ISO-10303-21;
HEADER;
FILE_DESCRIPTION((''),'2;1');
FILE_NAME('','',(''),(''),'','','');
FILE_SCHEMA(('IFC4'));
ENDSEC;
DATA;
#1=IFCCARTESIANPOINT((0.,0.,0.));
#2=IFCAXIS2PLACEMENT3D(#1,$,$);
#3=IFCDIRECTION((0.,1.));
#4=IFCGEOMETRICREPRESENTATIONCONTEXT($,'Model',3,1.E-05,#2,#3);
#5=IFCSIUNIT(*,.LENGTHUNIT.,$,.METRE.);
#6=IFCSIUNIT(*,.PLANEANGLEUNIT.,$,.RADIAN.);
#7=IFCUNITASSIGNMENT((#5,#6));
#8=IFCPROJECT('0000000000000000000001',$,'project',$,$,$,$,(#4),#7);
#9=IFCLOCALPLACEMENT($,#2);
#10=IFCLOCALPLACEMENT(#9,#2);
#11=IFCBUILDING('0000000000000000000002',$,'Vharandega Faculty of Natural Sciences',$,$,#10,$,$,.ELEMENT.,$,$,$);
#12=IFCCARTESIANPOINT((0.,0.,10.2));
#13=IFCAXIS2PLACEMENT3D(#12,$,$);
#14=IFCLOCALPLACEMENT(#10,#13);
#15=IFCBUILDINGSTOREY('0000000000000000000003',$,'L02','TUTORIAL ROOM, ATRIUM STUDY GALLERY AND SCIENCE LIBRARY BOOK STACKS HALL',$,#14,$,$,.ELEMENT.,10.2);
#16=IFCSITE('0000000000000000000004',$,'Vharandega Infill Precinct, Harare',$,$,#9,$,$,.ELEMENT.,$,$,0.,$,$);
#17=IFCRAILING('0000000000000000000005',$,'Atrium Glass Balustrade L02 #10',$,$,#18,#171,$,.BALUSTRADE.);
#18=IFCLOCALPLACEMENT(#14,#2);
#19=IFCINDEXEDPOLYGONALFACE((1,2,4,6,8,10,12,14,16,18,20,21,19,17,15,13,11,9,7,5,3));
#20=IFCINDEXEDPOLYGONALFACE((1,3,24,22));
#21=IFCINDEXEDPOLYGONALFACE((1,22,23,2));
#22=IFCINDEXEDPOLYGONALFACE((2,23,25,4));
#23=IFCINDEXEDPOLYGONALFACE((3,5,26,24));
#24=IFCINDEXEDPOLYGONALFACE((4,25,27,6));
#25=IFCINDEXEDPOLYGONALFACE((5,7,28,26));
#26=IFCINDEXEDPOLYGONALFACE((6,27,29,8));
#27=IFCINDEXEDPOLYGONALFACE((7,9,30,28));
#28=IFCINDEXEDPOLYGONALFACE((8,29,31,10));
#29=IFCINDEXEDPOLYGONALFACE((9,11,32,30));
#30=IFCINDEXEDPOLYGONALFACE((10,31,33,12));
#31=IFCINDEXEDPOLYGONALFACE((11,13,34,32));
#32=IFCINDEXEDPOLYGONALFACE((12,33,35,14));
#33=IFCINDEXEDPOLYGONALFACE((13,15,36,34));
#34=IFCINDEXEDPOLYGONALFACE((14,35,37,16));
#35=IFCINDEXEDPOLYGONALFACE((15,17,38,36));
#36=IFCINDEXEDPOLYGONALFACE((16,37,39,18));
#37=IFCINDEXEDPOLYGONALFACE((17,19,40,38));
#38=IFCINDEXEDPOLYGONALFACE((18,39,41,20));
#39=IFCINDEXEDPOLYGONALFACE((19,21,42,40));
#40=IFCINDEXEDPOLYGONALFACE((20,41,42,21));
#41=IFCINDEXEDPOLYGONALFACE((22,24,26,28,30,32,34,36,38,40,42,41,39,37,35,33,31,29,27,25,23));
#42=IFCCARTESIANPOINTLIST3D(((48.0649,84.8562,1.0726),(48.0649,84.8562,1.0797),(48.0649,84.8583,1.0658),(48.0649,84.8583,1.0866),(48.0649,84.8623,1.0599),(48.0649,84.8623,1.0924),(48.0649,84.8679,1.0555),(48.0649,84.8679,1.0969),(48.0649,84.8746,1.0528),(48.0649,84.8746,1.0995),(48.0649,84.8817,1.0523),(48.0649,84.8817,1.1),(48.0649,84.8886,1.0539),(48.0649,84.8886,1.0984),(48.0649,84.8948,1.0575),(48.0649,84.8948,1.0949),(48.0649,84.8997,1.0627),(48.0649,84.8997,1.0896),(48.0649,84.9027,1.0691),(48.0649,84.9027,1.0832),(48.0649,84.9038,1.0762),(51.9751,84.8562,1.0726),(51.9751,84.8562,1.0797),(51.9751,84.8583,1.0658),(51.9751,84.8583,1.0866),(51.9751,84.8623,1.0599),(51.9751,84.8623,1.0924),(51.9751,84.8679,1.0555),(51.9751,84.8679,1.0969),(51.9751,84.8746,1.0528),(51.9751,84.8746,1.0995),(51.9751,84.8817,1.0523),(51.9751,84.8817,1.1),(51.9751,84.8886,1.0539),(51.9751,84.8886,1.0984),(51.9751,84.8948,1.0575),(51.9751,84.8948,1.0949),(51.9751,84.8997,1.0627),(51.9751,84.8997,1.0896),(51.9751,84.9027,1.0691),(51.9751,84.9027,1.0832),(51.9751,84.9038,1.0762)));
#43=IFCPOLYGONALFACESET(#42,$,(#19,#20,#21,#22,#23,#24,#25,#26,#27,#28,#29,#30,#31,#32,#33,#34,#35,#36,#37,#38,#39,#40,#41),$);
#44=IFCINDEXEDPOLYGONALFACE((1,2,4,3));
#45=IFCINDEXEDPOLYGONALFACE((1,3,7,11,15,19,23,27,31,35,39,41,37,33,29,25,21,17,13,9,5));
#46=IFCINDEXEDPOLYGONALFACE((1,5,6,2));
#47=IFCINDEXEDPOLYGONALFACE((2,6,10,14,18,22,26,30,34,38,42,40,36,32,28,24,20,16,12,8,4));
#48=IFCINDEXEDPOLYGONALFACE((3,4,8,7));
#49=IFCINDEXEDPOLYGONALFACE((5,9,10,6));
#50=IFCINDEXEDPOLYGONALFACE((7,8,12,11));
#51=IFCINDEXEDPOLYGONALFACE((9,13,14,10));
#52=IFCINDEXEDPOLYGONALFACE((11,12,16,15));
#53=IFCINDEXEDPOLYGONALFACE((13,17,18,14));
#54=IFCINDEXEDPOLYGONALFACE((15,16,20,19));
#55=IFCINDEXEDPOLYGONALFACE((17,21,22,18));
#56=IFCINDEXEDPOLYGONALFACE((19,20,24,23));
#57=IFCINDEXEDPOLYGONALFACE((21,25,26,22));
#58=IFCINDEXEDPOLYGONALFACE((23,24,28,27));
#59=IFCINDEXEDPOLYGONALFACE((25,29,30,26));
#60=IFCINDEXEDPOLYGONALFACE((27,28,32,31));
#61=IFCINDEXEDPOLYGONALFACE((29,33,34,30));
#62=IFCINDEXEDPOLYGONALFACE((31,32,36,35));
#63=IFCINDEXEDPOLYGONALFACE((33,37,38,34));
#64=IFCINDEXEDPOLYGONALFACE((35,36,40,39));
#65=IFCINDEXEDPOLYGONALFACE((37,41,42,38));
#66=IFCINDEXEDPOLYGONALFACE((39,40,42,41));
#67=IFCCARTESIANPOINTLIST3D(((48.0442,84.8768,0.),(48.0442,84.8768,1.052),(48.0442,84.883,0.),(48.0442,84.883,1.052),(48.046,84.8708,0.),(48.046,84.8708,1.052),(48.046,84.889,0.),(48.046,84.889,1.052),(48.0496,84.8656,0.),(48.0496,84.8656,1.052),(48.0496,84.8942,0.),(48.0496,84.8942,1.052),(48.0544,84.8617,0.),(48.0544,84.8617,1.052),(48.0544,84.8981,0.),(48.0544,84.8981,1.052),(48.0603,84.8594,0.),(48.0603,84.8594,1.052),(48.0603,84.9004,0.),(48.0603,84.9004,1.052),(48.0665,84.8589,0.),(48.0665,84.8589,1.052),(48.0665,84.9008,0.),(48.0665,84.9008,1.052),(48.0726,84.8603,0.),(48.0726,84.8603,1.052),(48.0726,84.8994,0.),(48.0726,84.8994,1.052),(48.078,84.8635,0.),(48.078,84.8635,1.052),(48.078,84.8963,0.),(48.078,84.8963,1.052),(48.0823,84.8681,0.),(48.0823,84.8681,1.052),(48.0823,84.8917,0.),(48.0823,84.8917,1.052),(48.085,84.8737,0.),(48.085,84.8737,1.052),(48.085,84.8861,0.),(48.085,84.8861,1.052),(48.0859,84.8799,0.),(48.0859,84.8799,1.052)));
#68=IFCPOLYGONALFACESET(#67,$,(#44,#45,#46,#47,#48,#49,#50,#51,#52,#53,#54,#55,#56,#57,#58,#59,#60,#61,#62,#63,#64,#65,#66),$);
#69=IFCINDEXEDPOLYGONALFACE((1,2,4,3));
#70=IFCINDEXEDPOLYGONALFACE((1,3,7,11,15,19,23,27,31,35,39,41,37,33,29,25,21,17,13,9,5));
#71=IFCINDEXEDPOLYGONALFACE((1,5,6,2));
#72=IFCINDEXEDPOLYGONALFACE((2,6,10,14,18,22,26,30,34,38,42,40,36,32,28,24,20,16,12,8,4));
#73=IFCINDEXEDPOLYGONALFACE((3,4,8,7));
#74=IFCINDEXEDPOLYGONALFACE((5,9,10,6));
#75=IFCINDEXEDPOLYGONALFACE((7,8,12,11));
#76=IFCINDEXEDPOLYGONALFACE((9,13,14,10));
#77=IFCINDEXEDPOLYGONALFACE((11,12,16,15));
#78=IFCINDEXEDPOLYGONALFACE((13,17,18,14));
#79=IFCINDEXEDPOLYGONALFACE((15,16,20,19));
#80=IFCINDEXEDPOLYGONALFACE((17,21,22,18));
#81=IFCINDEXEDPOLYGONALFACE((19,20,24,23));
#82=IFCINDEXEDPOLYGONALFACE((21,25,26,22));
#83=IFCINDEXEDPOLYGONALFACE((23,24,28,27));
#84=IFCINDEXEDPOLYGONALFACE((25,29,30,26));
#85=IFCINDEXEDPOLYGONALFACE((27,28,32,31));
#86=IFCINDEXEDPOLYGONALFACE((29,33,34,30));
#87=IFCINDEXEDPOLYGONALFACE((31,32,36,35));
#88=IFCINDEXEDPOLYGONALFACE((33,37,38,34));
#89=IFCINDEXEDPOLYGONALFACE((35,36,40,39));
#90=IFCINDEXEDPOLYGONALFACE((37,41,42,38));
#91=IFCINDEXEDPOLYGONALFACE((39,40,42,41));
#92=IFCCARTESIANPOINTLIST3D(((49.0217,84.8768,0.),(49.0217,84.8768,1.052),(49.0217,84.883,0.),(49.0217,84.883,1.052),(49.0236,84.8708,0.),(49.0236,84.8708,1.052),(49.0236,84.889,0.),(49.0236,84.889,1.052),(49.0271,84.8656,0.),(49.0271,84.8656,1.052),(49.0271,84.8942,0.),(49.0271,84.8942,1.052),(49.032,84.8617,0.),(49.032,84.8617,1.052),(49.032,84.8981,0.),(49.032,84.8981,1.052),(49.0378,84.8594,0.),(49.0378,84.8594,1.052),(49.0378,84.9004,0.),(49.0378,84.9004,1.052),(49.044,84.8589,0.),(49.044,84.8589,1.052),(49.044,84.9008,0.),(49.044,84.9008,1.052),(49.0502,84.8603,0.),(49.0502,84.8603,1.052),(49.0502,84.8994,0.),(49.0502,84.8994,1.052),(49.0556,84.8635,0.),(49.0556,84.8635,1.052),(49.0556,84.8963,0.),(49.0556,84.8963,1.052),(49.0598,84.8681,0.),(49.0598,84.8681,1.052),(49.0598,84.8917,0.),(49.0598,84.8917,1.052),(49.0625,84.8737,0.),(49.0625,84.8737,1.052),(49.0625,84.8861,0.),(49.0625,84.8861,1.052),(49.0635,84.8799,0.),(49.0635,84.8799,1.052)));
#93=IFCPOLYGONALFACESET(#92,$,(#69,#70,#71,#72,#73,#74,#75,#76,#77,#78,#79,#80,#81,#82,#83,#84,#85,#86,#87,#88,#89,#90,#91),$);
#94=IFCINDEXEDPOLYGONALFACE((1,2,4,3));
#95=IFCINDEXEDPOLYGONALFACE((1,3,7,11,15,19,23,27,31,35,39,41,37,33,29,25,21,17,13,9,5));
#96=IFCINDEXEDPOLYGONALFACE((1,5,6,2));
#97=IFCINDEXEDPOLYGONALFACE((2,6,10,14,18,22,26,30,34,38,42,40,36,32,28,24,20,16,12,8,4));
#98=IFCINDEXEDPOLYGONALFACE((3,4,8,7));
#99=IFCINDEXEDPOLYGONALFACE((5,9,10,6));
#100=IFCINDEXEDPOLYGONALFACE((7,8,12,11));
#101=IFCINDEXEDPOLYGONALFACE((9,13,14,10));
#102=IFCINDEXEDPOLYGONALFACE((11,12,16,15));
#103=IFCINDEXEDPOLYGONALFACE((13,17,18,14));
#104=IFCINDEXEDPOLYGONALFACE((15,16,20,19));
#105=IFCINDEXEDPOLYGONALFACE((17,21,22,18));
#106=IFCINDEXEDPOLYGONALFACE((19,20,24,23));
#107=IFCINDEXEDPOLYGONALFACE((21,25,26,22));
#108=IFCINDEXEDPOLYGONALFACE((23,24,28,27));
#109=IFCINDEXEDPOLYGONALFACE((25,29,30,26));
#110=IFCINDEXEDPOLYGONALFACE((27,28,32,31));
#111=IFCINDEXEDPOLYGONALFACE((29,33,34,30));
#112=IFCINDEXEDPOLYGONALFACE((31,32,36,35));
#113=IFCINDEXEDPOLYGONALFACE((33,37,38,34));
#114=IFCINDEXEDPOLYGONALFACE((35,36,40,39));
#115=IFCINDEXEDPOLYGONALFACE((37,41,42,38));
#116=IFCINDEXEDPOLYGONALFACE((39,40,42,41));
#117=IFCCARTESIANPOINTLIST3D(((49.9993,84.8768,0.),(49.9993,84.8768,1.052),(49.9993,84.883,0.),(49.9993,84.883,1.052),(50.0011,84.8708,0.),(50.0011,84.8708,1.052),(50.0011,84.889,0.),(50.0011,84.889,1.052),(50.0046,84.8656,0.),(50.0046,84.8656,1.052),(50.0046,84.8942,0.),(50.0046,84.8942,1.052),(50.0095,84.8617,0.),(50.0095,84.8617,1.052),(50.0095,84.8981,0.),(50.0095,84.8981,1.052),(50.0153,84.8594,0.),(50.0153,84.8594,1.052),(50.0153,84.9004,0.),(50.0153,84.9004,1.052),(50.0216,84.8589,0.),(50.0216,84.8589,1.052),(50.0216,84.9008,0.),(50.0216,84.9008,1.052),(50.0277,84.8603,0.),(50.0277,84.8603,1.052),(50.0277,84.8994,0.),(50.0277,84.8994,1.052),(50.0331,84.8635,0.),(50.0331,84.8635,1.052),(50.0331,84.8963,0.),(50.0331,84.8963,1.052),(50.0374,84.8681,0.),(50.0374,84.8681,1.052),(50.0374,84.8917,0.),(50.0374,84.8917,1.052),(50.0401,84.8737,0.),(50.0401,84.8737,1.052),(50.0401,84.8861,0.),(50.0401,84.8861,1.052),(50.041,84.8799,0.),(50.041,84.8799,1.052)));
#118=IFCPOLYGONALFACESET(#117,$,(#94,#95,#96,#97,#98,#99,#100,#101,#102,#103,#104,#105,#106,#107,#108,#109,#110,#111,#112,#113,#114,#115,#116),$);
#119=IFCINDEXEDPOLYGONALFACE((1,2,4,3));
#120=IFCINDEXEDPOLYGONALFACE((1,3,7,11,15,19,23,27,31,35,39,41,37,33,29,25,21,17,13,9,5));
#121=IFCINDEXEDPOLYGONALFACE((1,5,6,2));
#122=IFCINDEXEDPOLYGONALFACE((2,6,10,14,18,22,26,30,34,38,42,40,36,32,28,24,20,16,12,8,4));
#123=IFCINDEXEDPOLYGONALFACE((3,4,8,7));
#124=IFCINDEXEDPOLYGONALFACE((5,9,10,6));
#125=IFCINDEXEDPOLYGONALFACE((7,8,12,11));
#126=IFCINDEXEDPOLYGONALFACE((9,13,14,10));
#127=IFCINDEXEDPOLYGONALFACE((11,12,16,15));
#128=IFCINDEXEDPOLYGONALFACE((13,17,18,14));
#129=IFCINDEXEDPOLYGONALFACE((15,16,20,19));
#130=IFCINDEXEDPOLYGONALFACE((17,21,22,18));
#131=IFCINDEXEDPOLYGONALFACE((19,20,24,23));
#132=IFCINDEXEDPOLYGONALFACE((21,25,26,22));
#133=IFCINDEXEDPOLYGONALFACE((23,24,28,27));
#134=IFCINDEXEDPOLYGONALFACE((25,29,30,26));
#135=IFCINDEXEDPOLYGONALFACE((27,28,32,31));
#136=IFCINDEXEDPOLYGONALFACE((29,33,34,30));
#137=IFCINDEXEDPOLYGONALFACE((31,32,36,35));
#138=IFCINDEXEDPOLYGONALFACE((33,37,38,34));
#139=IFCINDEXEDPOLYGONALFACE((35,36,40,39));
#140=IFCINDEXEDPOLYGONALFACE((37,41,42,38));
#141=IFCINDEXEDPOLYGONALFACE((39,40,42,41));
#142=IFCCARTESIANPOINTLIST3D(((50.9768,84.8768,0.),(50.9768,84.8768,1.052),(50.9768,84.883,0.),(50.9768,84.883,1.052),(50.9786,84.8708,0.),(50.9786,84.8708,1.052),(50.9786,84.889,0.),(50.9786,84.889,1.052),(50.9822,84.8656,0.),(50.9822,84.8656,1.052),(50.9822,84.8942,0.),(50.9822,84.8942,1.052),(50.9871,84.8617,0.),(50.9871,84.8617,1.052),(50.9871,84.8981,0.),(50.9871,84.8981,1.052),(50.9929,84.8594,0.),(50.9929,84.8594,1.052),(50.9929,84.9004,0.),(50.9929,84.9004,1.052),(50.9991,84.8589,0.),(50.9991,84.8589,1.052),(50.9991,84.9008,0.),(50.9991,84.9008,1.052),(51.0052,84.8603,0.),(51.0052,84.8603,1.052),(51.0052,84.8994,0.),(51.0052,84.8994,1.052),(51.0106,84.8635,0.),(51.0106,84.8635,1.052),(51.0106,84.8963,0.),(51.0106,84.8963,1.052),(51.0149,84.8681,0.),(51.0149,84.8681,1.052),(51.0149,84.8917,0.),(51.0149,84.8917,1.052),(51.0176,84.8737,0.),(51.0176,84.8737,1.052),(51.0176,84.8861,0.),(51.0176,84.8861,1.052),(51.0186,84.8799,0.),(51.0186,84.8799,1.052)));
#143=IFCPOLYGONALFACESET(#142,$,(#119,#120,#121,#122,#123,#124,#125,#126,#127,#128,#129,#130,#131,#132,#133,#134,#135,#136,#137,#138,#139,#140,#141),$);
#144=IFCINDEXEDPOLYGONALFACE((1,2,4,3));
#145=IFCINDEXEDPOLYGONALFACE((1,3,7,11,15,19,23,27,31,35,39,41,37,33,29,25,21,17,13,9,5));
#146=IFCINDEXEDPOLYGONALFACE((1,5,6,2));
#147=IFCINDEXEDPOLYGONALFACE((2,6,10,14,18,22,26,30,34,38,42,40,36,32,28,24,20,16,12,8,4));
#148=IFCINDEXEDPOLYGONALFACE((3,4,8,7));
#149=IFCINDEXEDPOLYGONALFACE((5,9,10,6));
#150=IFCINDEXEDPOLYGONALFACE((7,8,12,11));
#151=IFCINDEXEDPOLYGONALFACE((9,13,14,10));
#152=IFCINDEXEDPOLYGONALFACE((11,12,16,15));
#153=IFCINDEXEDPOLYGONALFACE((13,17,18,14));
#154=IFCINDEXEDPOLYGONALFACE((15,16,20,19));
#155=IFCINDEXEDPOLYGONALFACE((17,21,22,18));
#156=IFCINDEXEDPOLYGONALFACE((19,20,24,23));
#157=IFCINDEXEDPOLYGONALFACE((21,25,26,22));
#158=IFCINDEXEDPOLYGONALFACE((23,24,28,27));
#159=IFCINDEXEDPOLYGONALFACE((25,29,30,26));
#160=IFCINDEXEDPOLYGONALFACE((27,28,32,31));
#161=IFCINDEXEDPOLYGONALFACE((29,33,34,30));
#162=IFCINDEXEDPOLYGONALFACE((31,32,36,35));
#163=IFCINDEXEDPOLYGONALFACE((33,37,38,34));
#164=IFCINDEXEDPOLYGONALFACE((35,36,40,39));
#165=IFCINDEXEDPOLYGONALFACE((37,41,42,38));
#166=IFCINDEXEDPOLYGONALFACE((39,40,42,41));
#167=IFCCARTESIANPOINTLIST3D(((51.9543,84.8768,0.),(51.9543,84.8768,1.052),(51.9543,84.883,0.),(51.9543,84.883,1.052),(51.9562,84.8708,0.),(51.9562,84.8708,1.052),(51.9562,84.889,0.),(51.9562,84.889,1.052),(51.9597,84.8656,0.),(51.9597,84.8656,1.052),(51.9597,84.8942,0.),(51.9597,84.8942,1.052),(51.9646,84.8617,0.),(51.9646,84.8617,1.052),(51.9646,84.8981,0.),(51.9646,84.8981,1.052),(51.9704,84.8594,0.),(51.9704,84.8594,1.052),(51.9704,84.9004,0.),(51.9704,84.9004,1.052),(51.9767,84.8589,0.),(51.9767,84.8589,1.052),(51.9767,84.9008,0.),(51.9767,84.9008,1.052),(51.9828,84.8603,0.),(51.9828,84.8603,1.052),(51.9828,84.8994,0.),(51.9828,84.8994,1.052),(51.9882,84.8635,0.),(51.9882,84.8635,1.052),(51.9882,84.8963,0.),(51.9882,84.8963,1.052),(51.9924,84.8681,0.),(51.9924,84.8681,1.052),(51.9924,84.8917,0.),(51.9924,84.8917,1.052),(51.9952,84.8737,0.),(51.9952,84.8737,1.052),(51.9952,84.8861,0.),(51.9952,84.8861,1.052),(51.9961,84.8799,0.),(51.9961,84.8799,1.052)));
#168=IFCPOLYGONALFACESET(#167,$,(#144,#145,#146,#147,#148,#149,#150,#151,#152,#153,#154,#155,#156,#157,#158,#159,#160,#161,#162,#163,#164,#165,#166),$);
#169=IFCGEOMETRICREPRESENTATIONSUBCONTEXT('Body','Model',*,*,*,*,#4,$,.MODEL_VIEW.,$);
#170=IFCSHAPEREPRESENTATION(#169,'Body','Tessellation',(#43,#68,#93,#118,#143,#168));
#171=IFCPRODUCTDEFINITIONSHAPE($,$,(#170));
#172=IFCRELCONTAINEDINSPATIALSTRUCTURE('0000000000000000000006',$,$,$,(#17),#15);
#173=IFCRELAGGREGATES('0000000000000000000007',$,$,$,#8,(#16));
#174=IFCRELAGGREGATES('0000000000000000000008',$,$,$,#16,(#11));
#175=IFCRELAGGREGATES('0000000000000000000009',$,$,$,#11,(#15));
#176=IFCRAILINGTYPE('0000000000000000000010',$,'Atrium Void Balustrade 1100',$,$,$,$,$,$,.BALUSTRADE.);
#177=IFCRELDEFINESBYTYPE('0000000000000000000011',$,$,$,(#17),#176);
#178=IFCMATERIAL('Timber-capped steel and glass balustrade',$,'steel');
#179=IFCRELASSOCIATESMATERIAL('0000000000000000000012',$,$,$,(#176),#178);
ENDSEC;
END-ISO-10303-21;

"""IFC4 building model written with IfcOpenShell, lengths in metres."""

from ifc_helpers import new_model, si_unit, direction, frame, origin, origin_2d, place, context, subcontext, project, spatial, circle, extrude, material, type_object, element, save


model = new_model("IFC4")

# Units and contexts
model_context = context("Model", 3, precision=1e-05, world=origin(), true_north=direction((0.0, 1.0)))
body_context = subcontext(model_context, "Body", "Model", "MODEL_VIEW")
ifc_project = project(units=[si_unit("LENGTHUNIT", "METRE"), si_unit("PLANEANGLEUNIT", "RADIAN")], contexts=[model_context])

# Site, building, storey
site_placement = place(None, origin())
site = spatial("IfcSite", under=ifc_project, at=site_placement, Name="Vharandega Infill Precinct, Harare", CompositionType="ELEMENT", RefElevation=0.0)
building_placement = place(site_placement, origin())
building = spatial("IfcBuilding", under=site, at=building_placement, Name="Vharandega Faculty of Natural Sciences", CompositionType="ELEMENT")
storey_placement = place(building_placement, frame((0.0, 0.0, 10.2)))
storey = spatial("IfcBuildingStorey", under=building, at=storey_placement, Name="L02", Description="TUTORIAL ROOM, ATRIUM STUDY GALLERY AND SCIENCE LIBRARY BOOK STACKS HALL", CompositionType="ELEMENT", Elevation=10.2)

# Railing
ifc_material_1 = material(Name="Timber-capped steel and glass balustrade", Category="steel")
railing_type_1 = type_object("IfcRailingType", Name="Atrium Void Balustrade 1100", PredefinedType="BALUSTRADE", material=ifc_material_1)
for number, where, name in (
    (1, (48.0649, 84.8799, 0.0), "Atrium Glass Balustrade L02 #10"),
):
    element("IfcRailing", number, at=place(storey_placement, frame(where)), inside=storey, type_object=railing_type_1, Name=name, PredefinedType="BALUSTRADE", context=body_context, shape_type="SweptSolid", body=[
        extrude(circle(Radius=0.0239, at=origin_2d()), frame((0.0, 0.0, 1.0762), z_axis=(1.0, 0.0, 0.0), x_axis=(0.0, 1.0, 0.0)), (0.0, 0.0, 1.0), 3.9102),
        extrude(circle(Radius=0.021, at=origin_2d()), origin(), (0.0, 0.0, 1.0), 1.052),
        extrude(circle(Radius=0.021, at=origin_2d()), frame((0.9775, 0.0, 0.0)), (0.0, 0.0, 1.0), 1.052),
        extrude(circle(Radius=0.021, at=origin_2d()), frame((1.9551, 0.0, 0.0)), (0.0, 0.0, 1.0), 1.052),
        extrude(circle(Radius=0.021, at=origin_2d()), frame((2.9326, 0.0, 0.0)), (0.0, 0.0, 1.0), 1.052),
        extrude(circle(Radius=0.021, at=origin_2d()), frame((3.9102, 0.0, 0.0)), (0.0, 0.0, 1.0), 1.052),
    ])

save(model, "model.ifc")
